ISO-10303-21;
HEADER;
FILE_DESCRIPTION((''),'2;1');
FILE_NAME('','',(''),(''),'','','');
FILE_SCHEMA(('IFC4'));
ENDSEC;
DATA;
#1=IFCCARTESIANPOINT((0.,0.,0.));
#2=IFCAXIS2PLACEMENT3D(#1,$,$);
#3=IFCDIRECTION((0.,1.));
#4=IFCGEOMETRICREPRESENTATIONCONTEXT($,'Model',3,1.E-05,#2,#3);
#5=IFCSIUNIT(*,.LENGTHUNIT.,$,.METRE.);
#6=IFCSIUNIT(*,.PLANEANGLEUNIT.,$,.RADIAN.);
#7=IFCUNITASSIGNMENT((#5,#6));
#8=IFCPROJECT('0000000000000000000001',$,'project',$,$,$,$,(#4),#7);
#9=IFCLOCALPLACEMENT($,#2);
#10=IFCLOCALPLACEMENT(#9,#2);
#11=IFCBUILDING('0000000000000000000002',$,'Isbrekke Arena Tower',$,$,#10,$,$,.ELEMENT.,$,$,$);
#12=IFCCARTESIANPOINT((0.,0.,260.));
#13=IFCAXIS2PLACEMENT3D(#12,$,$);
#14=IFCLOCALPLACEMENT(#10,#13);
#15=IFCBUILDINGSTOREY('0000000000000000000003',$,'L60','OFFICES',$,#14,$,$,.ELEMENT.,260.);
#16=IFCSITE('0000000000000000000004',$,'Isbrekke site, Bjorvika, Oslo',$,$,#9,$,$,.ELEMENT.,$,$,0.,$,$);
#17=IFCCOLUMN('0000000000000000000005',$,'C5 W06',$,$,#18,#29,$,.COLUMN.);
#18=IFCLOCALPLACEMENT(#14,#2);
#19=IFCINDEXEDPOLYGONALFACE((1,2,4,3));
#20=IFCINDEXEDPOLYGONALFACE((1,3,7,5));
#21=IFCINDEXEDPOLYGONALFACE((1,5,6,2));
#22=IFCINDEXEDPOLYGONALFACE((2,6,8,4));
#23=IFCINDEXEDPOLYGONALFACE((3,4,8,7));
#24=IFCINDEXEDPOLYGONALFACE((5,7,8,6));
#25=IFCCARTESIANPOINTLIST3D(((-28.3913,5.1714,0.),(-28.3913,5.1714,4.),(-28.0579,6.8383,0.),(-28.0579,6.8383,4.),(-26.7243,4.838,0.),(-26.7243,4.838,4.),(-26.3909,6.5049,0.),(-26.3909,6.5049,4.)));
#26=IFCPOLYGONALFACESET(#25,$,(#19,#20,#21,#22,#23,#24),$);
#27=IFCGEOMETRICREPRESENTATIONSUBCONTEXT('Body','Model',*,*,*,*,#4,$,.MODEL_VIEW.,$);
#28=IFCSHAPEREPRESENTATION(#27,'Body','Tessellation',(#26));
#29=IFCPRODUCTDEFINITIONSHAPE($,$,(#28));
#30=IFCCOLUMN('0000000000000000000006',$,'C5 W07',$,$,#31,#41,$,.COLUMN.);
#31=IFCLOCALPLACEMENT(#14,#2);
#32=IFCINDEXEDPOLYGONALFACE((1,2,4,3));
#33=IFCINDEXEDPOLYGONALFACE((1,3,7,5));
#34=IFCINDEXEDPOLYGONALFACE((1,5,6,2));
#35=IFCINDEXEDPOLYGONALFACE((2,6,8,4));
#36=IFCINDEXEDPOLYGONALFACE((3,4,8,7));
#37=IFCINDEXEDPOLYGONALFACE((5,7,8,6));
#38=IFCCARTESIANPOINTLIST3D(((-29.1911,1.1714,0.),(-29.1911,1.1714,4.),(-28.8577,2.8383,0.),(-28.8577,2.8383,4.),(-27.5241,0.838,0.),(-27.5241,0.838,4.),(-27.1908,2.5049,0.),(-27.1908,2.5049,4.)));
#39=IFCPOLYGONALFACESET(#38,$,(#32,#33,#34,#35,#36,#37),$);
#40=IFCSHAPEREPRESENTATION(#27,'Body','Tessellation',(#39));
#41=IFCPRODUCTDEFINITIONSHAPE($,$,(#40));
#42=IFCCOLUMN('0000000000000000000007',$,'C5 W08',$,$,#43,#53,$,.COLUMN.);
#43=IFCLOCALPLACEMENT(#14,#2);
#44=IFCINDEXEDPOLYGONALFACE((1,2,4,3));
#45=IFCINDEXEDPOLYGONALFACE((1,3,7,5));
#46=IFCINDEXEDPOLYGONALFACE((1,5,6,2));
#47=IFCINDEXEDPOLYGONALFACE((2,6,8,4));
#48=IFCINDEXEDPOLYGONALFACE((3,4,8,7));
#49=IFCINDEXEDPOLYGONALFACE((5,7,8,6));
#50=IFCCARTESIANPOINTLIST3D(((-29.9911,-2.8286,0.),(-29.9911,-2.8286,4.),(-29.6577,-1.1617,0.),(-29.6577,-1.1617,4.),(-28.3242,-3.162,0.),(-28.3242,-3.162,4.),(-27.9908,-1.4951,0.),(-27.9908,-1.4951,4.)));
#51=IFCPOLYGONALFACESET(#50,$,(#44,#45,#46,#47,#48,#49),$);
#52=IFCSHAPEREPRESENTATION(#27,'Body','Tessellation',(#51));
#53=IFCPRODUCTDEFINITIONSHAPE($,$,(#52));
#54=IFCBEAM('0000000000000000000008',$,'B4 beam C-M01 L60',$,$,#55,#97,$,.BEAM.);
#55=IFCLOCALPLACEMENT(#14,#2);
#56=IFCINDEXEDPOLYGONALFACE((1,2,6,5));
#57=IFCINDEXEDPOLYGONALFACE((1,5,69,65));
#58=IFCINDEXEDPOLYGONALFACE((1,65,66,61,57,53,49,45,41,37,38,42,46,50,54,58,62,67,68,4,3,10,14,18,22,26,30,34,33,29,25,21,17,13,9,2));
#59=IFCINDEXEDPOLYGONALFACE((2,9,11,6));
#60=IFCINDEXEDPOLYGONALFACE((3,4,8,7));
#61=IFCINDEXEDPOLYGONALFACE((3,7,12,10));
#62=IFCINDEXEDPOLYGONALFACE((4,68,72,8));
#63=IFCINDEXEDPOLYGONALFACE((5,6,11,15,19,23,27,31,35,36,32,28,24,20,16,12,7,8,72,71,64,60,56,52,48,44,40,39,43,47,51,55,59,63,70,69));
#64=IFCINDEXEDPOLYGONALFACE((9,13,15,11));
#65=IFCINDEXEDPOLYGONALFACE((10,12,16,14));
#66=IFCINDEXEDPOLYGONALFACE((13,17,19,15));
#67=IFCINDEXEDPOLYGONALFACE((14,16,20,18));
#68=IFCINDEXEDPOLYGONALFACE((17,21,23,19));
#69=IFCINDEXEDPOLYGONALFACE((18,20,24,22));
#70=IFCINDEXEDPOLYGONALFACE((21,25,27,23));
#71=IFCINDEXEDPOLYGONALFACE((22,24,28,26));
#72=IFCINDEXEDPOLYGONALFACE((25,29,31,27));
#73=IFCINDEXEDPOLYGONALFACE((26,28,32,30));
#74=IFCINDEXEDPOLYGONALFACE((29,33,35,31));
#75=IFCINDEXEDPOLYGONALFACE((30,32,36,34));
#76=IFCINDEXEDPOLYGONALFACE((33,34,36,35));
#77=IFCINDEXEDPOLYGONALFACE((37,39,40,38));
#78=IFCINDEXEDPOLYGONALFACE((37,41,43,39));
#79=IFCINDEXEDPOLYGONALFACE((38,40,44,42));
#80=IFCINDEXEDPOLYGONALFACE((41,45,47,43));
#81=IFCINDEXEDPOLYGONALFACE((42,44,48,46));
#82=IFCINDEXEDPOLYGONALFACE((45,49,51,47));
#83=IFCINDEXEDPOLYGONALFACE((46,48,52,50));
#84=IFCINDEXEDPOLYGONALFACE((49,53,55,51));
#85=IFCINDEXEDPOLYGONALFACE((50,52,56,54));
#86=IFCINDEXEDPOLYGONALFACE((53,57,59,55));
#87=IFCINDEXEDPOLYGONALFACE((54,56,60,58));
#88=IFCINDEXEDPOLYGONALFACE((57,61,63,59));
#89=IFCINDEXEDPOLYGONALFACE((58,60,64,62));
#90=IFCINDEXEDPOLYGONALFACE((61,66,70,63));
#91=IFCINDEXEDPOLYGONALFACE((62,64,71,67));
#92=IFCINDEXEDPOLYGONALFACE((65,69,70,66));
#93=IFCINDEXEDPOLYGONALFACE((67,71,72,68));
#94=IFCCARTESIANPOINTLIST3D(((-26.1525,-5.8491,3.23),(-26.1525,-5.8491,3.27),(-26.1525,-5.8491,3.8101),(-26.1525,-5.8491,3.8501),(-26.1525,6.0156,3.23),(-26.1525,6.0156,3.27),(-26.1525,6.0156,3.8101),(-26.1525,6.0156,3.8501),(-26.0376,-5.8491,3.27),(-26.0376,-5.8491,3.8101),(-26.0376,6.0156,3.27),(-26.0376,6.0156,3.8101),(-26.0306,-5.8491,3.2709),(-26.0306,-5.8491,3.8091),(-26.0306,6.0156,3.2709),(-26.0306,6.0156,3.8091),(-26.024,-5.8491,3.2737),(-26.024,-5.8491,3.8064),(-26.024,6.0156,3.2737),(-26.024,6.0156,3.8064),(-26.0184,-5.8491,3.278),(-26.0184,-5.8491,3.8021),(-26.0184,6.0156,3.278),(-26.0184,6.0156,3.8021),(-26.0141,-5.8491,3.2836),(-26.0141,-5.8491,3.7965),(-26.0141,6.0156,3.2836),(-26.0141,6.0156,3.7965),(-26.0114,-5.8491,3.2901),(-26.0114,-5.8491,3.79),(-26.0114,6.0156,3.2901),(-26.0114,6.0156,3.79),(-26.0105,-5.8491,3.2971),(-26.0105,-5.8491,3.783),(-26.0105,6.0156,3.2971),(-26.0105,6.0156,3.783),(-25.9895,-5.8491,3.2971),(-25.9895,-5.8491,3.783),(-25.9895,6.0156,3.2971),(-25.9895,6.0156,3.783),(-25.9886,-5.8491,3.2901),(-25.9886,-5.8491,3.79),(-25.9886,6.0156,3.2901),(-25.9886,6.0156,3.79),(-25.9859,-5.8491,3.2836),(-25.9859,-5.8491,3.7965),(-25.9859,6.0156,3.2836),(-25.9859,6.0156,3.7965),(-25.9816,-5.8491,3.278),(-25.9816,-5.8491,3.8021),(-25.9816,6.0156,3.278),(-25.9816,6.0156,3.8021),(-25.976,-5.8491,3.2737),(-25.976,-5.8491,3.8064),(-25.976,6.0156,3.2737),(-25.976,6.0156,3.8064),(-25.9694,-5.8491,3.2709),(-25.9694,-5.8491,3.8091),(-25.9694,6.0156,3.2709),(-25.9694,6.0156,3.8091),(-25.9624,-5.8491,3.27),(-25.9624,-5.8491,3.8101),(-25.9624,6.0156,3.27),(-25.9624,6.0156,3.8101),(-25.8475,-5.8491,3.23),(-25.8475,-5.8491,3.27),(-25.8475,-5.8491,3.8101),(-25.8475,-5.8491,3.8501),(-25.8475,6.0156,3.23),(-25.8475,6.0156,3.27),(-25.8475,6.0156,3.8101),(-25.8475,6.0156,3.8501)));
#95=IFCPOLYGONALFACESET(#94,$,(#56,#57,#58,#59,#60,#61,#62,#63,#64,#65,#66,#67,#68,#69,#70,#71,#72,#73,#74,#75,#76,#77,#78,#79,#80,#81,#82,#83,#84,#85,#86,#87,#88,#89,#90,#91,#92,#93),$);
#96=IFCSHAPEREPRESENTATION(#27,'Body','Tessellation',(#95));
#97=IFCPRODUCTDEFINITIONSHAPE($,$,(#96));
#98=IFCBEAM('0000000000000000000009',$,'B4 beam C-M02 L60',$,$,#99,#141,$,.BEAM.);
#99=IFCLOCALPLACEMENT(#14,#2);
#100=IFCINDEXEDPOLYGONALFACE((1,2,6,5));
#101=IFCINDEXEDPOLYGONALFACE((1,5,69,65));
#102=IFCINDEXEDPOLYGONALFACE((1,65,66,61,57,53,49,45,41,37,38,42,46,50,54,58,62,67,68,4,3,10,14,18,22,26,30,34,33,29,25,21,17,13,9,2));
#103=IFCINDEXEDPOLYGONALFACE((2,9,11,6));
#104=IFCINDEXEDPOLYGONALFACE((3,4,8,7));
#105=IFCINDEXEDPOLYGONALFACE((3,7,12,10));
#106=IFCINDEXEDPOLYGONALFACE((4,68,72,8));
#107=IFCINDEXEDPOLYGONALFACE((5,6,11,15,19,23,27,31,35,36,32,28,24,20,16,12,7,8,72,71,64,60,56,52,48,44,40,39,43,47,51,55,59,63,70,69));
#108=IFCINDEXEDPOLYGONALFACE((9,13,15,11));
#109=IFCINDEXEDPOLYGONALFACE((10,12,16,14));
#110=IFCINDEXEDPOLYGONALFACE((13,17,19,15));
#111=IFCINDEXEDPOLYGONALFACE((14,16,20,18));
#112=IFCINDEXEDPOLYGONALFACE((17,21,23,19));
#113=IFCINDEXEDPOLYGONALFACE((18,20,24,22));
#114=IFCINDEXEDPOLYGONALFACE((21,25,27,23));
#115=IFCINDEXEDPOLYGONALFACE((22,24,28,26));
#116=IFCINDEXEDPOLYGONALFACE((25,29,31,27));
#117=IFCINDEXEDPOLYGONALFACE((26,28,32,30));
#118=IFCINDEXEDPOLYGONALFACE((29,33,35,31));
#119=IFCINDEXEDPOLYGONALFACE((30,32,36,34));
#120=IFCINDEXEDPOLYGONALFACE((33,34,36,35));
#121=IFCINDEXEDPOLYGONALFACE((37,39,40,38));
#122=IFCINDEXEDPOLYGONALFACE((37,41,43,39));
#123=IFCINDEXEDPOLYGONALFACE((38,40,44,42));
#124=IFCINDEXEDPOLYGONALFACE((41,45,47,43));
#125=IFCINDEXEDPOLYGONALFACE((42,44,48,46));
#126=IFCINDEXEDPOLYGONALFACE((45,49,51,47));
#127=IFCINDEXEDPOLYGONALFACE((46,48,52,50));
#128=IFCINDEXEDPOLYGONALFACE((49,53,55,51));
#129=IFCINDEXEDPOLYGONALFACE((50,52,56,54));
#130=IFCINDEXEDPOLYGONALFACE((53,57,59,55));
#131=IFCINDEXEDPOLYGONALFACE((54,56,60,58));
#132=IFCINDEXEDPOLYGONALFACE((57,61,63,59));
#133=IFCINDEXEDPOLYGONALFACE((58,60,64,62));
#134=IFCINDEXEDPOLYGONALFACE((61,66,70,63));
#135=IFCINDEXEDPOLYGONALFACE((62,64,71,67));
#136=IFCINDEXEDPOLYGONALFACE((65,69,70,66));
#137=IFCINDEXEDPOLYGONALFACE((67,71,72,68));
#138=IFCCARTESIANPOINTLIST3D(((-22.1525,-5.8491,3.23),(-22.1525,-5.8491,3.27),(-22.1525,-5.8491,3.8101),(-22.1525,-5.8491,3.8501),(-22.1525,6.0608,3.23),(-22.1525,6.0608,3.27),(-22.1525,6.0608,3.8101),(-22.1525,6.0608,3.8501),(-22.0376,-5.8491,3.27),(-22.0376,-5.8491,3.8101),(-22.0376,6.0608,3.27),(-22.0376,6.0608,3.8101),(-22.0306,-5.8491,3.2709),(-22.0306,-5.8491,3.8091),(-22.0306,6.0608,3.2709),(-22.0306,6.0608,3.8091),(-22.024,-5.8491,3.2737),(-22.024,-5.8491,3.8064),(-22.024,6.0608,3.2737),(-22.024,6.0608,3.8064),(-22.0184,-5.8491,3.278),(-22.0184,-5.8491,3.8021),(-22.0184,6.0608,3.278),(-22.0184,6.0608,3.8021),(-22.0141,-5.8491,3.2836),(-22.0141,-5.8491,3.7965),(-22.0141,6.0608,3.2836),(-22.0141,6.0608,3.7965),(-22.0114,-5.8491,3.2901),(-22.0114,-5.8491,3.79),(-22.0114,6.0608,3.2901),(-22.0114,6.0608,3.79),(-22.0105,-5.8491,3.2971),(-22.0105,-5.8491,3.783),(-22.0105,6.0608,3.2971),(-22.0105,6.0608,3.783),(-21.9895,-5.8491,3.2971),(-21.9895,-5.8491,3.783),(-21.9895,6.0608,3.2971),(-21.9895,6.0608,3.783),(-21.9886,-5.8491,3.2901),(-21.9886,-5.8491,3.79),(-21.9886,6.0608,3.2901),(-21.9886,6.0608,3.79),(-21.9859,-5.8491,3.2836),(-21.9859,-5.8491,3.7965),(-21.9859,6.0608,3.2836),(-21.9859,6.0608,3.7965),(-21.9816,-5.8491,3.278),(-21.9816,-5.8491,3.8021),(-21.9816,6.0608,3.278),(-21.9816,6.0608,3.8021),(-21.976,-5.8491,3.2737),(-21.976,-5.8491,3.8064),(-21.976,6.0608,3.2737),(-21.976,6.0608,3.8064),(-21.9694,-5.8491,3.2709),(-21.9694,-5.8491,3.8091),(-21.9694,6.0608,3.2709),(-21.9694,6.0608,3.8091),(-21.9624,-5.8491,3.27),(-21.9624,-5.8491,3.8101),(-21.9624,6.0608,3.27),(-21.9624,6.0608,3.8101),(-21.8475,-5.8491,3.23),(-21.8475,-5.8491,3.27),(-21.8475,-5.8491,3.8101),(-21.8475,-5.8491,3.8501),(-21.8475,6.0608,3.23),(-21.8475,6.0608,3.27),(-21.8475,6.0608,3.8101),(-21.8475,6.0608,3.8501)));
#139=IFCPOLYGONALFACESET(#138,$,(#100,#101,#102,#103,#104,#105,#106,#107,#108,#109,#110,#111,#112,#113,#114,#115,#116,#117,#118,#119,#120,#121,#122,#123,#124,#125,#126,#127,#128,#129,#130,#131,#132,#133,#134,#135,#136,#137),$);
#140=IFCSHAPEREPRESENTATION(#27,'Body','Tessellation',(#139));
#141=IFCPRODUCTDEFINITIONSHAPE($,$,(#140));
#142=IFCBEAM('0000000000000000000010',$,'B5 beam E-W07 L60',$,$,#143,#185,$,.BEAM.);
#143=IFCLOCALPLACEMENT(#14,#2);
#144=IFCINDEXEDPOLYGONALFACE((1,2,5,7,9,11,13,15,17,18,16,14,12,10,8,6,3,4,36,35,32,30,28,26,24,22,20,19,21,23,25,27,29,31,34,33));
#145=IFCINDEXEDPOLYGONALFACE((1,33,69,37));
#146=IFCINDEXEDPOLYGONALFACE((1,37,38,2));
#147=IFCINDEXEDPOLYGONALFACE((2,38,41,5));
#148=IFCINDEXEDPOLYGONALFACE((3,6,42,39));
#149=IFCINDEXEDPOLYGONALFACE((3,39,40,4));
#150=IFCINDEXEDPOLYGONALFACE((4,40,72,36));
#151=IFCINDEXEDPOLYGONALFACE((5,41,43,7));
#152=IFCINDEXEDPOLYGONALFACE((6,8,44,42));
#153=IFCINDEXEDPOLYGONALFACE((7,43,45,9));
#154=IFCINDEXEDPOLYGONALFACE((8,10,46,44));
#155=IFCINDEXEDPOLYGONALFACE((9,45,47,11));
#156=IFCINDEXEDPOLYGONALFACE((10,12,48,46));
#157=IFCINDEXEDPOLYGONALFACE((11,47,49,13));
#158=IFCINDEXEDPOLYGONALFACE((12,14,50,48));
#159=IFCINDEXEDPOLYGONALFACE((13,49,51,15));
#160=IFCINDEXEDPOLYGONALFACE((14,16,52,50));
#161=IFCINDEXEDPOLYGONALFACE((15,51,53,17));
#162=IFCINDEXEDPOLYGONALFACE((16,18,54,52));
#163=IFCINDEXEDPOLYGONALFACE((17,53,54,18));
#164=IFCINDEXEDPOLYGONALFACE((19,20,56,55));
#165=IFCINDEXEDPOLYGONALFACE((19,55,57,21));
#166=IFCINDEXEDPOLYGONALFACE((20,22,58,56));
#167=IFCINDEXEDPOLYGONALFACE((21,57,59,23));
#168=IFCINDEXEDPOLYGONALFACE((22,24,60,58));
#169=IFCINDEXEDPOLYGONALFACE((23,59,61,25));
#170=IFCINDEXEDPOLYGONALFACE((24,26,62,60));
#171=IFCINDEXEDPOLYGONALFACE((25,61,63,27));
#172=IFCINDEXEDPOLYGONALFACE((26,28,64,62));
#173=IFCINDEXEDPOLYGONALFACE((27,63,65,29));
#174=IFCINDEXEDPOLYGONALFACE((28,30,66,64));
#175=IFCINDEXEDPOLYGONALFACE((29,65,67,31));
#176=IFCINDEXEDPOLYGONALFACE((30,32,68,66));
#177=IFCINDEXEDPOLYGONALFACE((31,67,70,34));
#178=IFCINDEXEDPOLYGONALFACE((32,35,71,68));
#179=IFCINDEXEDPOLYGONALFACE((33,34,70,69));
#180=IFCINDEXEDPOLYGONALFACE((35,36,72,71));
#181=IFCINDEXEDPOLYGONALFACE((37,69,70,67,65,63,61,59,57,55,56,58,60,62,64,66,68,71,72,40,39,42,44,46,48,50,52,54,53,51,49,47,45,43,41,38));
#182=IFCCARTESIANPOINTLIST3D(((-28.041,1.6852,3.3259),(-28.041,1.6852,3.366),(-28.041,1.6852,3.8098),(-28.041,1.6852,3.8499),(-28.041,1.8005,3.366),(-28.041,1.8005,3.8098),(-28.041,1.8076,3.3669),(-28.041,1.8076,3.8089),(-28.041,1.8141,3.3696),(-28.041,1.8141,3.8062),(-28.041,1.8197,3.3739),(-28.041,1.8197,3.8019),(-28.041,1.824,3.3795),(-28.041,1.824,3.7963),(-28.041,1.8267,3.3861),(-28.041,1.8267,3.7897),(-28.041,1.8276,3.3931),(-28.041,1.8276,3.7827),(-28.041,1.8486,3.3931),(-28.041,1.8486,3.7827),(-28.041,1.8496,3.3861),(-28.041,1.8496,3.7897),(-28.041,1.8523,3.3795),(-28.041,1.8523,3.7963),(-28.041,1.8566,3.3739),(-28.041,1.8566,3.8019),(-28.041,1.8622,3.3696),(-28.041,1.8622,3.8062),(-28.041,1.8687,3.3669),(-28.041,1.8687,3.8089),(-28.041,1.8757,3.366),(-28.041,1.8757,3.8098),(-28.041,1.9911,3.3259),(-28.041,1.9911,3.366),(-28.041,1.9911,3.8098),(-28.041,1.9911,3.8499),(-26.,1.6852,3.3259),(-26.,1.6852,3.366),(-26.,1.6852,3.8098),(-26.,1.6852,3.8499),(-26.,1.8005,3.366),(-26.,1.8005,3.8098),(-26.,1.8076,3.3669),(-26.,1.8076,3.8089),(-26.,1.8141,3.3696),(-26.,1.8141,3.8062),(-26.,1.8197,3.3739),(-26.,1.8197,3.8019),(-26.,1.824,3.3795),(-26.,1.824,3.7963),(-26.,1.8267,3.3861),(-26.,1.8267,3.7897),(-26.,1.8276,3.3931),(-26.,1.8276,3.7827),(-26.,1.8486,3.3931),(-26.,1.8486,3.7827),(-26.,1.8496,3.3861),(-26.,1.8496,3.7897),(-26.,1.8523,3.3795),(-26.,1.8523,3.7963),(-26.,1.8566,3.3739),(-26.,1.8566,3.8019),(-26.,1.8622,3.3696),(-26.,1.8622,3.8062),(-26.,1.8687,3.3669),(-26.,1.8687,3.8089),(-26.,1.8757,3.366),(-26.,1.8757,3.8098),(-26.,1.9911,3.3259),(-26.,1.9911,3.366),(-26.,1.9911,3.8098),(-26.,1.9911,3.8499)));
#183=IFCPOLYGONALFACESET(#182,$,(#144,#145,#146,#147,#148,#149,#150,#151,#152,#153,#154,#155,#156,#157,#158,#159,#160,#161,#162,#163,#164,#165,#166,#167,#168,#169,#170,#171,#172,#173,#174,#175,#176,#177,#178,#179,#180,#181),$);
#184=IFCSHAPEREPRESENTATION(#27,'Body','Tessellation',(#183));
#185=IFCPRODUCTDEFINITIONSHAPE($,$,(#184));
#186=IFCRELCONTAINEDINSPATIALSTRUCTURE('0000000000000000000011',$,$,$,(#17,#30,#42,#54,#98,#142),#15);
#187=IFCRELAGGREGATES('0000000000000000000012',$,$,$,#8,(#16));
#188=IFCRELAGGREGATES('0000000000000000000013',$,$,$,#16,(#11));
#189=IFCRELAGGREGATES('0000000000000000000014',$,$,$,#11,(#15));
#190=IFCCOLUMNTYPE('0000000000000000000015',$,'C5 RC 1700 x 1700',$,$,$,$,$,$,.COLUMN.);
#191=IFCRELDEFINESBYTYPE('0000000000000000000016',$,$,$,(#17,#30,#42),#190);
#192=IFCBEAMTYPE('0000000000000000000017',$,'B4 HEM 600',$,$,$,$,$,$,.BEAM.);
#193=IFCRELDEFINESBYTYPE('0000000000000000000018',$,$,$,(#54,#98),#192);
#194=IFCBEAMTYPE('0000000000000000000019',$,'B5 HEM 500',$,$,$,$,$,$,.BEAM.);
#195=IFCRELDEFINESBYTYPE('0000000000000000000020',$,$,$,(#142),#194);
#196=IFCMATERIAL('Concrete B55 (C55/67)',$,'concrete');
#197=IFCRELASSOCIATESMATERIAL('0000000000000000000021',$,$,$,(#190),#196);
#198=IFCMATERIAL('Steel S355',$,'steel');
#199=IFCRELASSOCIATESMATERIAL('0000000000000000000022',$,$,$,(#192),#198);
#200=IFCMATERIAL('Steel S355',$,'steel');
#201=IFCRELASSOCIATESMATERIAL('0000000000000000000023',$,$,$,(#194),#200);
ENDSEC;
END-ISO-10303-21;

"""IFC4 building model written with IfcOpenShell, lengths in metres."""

from ifc_helpers import new_model, si_unit, direction, frame, origin, origin_2d, place, context, subcontext, project, spatial, rectangle, i_section, extrude, material, material_profile, profile_set, type_object, element, save


model = new_model("IFC4")

# Units and contexts
model_context = context("Model", 3, precision=1e-05, world=origin(), true_north=direction((0.0, 1.0)))
body_context = subcontext(model_context, "Body", "Model", "MODEL_VIEW")
ifc_project = project(units=[si_unit("LENGTHUNIT", "METRE"), si_unit("PLANEANGLEUNIT", "RADIAN")], contexts=[model_context])

# Site, building, storey
site_placement = place(None, origin())
site = spatial("IfcSite", under=ifc_project, at=site_placement, Name="Isbrekke site, Bjorvika, Oslo", CompositionType="ELEMENT", RefElevation=0.0)
building_placement = place(site_placement, origin())
building = spatial("IfcBuilding", under=site, at=building_placement, Name="Isbrekke Arena Tower", CompositionType="ELEMENT")
storey_placement = place(building_placement, frame((0.0, 0.0, 260.0)))
storey = spatial("IfcBuildingStorey", under=building, at=storey_placement, Name="L60", Description="OFFICES", CompositionType="ELEMENT", Elevation=260.0)

# Columns
ifc_material_1 = material(Name="Concrete B55 (C55/67)", Category="concrete")
ifc_material_profile_1 = material_profile(ifc_material_1, rectangle(XDim=1.7, YDim=1.7, at=origin_2d()), Name="RC 1700x1700")
ifc_profile_set_1 = profile_set([ifc_material_profile_1], Name="Concrete B55 (C55/67)")
column_type = type_object("IfcColumnType", Name="C5 RC 1700 x 1700", PredefinedType="COLUMN", material=ifc_profile_set_1)
for number, where, z_axis, x_axis, name in (
    (1, (-27.3911, 5.8381, 0.0), (0.0, 0.0, 1.0), (-0.196116, -0.980581, 0.0), "C5 W06"),
    (2, (-28.1909, 1.8381, 0.0), (0.0, 0.0, 1.0), (-0.196116, -0.980581, 0.0), "C5 W07"),
    (3, (-28.991, -2.1619, 0.0), (0.0, 0.0, 1.0), (-0.196116, -0.980581, 0.0), "C5 W08"),
):
    element("IfcColumn", number, at=place(storey_placement, frame(where, z_axis=z_axis, x_axis=x_axis)), inside=storey, type_object=column_type, Name=name, PredefinedType="COLUMN", context=body_context, shape_type="SweptSolid", body=[
        extrude(rectangle(XDim=1.7, YDim=1.7, at=origin_2d()), origin(), (0.0, 0.0, 1.0), 4.0),
    ])

# Beams
ifc_material_2 = material(Name="Steel S355", Category="steel")
ifc_material_profile_2 = material_profile(ifc_material_2, i_section(OverallWidth=0.3049, OverallDepth=0.6201, WebThickness=0.021, FlangeThickness=0.04, FilletRadius=0.0271, at=origin_2d()), Name="HEM 600")
ifc_profile_set_2 = profile_set([ifc_material_profile_2], Name="Steel S355")
beam_type_1 = type_object("IfcBeamType", Name="B4 HEM 600", PredefinedType="BEAM", material=ifc_profile_set_2)
beam_1_placement = place(storey_placement, frame((-26.0, -5.8491, 3.54), z_axis=(0.0, 1.0, 0.0), x_axis=(-1.0, 0.0, 0.0)))
element("IfcBeam", 4, at=beam_1_placement, inside=storey, type_object=beam_type_1, Name="B4 beam C-M01 L60", PredefinedType="BEAM", context=body_context, shape_type="SweptSolid", body=[
    extrude(i_section(OverallWidth=0.3049, OverallDepth=0.6201, WebThickness=0.021, FlangeThickness=0.04, FilletRadius=0.0271, at=origin_2d()), origin(), (0.0, 0.0, 1.0), 11.8647),
])
beam_2_placement = place(storey_placement, frame((-22.0, -5.8491, 3.54), z_axis=(0.0, 1.0, 0.0), x_axis=(-1.0, 0.0, 0.0)))
element("IfcBeam", 5, at=beam_2_placement, inside=storey, type_object=beam_type_1, Name="B4 beam C-M02 L60", PredefinedType="BEAM", context=body_context, shape_type="SweptSolid", body=[
    extrude(i_section(OverallWidth=0.3049, OverallDepth=0.6201, WebThickness=0.021, FlangeThickness=0.04, FilletRadius=0.0271, at=origin_2d()), origin(), (0.0, 0.0, 1.0), 11.9099),
])
ifc_material_3 = material(Name="Steel S355", Category="steel")
ifc_material_profile_3 = material_profile(ifc_material_3, i_section(OverallWidth=0.3059, OverallDepth=0.5239, WebThickness=0.021, FlangeThickness=0.04, FilletRadius=0.0271, at=origin_2d()), Name="HEM 500")
ifc_profile_set_3 = profile_set([ifc_material_profile_3], Name="Steel S355")
beam_type_2 = type_object("IfcBeamType", Name="B5 HEM 500", PredefinedType="BEAM", material=ifc_profile_set_3)
beam_3_placement = place(storey_placement, frame((-28.041, 1.8381, 3.5879), z_axis=(1.0, 0.0, 0.0), x_axis=(0.0, 1.0, 0.0)))
element("IfcBeam", 6, at=beam_3_placement, inside=storey, type_object=beam_type_2, Name="B5 beam E-W07 L60", PredefinedType="BEAM", context=body_context, shape_type="SweptSolid", body=[
    extrude(i_section(OverallWidth=0.3059, OverallDepth=0.5239, WebThickness=0.021, FlangeThickness=0.04, FilletRadius=0.0271, at=origin_2d()), origin(), (0.0, 0.0, 1.0), 2.041),
])

save(model, "model.ifc")
